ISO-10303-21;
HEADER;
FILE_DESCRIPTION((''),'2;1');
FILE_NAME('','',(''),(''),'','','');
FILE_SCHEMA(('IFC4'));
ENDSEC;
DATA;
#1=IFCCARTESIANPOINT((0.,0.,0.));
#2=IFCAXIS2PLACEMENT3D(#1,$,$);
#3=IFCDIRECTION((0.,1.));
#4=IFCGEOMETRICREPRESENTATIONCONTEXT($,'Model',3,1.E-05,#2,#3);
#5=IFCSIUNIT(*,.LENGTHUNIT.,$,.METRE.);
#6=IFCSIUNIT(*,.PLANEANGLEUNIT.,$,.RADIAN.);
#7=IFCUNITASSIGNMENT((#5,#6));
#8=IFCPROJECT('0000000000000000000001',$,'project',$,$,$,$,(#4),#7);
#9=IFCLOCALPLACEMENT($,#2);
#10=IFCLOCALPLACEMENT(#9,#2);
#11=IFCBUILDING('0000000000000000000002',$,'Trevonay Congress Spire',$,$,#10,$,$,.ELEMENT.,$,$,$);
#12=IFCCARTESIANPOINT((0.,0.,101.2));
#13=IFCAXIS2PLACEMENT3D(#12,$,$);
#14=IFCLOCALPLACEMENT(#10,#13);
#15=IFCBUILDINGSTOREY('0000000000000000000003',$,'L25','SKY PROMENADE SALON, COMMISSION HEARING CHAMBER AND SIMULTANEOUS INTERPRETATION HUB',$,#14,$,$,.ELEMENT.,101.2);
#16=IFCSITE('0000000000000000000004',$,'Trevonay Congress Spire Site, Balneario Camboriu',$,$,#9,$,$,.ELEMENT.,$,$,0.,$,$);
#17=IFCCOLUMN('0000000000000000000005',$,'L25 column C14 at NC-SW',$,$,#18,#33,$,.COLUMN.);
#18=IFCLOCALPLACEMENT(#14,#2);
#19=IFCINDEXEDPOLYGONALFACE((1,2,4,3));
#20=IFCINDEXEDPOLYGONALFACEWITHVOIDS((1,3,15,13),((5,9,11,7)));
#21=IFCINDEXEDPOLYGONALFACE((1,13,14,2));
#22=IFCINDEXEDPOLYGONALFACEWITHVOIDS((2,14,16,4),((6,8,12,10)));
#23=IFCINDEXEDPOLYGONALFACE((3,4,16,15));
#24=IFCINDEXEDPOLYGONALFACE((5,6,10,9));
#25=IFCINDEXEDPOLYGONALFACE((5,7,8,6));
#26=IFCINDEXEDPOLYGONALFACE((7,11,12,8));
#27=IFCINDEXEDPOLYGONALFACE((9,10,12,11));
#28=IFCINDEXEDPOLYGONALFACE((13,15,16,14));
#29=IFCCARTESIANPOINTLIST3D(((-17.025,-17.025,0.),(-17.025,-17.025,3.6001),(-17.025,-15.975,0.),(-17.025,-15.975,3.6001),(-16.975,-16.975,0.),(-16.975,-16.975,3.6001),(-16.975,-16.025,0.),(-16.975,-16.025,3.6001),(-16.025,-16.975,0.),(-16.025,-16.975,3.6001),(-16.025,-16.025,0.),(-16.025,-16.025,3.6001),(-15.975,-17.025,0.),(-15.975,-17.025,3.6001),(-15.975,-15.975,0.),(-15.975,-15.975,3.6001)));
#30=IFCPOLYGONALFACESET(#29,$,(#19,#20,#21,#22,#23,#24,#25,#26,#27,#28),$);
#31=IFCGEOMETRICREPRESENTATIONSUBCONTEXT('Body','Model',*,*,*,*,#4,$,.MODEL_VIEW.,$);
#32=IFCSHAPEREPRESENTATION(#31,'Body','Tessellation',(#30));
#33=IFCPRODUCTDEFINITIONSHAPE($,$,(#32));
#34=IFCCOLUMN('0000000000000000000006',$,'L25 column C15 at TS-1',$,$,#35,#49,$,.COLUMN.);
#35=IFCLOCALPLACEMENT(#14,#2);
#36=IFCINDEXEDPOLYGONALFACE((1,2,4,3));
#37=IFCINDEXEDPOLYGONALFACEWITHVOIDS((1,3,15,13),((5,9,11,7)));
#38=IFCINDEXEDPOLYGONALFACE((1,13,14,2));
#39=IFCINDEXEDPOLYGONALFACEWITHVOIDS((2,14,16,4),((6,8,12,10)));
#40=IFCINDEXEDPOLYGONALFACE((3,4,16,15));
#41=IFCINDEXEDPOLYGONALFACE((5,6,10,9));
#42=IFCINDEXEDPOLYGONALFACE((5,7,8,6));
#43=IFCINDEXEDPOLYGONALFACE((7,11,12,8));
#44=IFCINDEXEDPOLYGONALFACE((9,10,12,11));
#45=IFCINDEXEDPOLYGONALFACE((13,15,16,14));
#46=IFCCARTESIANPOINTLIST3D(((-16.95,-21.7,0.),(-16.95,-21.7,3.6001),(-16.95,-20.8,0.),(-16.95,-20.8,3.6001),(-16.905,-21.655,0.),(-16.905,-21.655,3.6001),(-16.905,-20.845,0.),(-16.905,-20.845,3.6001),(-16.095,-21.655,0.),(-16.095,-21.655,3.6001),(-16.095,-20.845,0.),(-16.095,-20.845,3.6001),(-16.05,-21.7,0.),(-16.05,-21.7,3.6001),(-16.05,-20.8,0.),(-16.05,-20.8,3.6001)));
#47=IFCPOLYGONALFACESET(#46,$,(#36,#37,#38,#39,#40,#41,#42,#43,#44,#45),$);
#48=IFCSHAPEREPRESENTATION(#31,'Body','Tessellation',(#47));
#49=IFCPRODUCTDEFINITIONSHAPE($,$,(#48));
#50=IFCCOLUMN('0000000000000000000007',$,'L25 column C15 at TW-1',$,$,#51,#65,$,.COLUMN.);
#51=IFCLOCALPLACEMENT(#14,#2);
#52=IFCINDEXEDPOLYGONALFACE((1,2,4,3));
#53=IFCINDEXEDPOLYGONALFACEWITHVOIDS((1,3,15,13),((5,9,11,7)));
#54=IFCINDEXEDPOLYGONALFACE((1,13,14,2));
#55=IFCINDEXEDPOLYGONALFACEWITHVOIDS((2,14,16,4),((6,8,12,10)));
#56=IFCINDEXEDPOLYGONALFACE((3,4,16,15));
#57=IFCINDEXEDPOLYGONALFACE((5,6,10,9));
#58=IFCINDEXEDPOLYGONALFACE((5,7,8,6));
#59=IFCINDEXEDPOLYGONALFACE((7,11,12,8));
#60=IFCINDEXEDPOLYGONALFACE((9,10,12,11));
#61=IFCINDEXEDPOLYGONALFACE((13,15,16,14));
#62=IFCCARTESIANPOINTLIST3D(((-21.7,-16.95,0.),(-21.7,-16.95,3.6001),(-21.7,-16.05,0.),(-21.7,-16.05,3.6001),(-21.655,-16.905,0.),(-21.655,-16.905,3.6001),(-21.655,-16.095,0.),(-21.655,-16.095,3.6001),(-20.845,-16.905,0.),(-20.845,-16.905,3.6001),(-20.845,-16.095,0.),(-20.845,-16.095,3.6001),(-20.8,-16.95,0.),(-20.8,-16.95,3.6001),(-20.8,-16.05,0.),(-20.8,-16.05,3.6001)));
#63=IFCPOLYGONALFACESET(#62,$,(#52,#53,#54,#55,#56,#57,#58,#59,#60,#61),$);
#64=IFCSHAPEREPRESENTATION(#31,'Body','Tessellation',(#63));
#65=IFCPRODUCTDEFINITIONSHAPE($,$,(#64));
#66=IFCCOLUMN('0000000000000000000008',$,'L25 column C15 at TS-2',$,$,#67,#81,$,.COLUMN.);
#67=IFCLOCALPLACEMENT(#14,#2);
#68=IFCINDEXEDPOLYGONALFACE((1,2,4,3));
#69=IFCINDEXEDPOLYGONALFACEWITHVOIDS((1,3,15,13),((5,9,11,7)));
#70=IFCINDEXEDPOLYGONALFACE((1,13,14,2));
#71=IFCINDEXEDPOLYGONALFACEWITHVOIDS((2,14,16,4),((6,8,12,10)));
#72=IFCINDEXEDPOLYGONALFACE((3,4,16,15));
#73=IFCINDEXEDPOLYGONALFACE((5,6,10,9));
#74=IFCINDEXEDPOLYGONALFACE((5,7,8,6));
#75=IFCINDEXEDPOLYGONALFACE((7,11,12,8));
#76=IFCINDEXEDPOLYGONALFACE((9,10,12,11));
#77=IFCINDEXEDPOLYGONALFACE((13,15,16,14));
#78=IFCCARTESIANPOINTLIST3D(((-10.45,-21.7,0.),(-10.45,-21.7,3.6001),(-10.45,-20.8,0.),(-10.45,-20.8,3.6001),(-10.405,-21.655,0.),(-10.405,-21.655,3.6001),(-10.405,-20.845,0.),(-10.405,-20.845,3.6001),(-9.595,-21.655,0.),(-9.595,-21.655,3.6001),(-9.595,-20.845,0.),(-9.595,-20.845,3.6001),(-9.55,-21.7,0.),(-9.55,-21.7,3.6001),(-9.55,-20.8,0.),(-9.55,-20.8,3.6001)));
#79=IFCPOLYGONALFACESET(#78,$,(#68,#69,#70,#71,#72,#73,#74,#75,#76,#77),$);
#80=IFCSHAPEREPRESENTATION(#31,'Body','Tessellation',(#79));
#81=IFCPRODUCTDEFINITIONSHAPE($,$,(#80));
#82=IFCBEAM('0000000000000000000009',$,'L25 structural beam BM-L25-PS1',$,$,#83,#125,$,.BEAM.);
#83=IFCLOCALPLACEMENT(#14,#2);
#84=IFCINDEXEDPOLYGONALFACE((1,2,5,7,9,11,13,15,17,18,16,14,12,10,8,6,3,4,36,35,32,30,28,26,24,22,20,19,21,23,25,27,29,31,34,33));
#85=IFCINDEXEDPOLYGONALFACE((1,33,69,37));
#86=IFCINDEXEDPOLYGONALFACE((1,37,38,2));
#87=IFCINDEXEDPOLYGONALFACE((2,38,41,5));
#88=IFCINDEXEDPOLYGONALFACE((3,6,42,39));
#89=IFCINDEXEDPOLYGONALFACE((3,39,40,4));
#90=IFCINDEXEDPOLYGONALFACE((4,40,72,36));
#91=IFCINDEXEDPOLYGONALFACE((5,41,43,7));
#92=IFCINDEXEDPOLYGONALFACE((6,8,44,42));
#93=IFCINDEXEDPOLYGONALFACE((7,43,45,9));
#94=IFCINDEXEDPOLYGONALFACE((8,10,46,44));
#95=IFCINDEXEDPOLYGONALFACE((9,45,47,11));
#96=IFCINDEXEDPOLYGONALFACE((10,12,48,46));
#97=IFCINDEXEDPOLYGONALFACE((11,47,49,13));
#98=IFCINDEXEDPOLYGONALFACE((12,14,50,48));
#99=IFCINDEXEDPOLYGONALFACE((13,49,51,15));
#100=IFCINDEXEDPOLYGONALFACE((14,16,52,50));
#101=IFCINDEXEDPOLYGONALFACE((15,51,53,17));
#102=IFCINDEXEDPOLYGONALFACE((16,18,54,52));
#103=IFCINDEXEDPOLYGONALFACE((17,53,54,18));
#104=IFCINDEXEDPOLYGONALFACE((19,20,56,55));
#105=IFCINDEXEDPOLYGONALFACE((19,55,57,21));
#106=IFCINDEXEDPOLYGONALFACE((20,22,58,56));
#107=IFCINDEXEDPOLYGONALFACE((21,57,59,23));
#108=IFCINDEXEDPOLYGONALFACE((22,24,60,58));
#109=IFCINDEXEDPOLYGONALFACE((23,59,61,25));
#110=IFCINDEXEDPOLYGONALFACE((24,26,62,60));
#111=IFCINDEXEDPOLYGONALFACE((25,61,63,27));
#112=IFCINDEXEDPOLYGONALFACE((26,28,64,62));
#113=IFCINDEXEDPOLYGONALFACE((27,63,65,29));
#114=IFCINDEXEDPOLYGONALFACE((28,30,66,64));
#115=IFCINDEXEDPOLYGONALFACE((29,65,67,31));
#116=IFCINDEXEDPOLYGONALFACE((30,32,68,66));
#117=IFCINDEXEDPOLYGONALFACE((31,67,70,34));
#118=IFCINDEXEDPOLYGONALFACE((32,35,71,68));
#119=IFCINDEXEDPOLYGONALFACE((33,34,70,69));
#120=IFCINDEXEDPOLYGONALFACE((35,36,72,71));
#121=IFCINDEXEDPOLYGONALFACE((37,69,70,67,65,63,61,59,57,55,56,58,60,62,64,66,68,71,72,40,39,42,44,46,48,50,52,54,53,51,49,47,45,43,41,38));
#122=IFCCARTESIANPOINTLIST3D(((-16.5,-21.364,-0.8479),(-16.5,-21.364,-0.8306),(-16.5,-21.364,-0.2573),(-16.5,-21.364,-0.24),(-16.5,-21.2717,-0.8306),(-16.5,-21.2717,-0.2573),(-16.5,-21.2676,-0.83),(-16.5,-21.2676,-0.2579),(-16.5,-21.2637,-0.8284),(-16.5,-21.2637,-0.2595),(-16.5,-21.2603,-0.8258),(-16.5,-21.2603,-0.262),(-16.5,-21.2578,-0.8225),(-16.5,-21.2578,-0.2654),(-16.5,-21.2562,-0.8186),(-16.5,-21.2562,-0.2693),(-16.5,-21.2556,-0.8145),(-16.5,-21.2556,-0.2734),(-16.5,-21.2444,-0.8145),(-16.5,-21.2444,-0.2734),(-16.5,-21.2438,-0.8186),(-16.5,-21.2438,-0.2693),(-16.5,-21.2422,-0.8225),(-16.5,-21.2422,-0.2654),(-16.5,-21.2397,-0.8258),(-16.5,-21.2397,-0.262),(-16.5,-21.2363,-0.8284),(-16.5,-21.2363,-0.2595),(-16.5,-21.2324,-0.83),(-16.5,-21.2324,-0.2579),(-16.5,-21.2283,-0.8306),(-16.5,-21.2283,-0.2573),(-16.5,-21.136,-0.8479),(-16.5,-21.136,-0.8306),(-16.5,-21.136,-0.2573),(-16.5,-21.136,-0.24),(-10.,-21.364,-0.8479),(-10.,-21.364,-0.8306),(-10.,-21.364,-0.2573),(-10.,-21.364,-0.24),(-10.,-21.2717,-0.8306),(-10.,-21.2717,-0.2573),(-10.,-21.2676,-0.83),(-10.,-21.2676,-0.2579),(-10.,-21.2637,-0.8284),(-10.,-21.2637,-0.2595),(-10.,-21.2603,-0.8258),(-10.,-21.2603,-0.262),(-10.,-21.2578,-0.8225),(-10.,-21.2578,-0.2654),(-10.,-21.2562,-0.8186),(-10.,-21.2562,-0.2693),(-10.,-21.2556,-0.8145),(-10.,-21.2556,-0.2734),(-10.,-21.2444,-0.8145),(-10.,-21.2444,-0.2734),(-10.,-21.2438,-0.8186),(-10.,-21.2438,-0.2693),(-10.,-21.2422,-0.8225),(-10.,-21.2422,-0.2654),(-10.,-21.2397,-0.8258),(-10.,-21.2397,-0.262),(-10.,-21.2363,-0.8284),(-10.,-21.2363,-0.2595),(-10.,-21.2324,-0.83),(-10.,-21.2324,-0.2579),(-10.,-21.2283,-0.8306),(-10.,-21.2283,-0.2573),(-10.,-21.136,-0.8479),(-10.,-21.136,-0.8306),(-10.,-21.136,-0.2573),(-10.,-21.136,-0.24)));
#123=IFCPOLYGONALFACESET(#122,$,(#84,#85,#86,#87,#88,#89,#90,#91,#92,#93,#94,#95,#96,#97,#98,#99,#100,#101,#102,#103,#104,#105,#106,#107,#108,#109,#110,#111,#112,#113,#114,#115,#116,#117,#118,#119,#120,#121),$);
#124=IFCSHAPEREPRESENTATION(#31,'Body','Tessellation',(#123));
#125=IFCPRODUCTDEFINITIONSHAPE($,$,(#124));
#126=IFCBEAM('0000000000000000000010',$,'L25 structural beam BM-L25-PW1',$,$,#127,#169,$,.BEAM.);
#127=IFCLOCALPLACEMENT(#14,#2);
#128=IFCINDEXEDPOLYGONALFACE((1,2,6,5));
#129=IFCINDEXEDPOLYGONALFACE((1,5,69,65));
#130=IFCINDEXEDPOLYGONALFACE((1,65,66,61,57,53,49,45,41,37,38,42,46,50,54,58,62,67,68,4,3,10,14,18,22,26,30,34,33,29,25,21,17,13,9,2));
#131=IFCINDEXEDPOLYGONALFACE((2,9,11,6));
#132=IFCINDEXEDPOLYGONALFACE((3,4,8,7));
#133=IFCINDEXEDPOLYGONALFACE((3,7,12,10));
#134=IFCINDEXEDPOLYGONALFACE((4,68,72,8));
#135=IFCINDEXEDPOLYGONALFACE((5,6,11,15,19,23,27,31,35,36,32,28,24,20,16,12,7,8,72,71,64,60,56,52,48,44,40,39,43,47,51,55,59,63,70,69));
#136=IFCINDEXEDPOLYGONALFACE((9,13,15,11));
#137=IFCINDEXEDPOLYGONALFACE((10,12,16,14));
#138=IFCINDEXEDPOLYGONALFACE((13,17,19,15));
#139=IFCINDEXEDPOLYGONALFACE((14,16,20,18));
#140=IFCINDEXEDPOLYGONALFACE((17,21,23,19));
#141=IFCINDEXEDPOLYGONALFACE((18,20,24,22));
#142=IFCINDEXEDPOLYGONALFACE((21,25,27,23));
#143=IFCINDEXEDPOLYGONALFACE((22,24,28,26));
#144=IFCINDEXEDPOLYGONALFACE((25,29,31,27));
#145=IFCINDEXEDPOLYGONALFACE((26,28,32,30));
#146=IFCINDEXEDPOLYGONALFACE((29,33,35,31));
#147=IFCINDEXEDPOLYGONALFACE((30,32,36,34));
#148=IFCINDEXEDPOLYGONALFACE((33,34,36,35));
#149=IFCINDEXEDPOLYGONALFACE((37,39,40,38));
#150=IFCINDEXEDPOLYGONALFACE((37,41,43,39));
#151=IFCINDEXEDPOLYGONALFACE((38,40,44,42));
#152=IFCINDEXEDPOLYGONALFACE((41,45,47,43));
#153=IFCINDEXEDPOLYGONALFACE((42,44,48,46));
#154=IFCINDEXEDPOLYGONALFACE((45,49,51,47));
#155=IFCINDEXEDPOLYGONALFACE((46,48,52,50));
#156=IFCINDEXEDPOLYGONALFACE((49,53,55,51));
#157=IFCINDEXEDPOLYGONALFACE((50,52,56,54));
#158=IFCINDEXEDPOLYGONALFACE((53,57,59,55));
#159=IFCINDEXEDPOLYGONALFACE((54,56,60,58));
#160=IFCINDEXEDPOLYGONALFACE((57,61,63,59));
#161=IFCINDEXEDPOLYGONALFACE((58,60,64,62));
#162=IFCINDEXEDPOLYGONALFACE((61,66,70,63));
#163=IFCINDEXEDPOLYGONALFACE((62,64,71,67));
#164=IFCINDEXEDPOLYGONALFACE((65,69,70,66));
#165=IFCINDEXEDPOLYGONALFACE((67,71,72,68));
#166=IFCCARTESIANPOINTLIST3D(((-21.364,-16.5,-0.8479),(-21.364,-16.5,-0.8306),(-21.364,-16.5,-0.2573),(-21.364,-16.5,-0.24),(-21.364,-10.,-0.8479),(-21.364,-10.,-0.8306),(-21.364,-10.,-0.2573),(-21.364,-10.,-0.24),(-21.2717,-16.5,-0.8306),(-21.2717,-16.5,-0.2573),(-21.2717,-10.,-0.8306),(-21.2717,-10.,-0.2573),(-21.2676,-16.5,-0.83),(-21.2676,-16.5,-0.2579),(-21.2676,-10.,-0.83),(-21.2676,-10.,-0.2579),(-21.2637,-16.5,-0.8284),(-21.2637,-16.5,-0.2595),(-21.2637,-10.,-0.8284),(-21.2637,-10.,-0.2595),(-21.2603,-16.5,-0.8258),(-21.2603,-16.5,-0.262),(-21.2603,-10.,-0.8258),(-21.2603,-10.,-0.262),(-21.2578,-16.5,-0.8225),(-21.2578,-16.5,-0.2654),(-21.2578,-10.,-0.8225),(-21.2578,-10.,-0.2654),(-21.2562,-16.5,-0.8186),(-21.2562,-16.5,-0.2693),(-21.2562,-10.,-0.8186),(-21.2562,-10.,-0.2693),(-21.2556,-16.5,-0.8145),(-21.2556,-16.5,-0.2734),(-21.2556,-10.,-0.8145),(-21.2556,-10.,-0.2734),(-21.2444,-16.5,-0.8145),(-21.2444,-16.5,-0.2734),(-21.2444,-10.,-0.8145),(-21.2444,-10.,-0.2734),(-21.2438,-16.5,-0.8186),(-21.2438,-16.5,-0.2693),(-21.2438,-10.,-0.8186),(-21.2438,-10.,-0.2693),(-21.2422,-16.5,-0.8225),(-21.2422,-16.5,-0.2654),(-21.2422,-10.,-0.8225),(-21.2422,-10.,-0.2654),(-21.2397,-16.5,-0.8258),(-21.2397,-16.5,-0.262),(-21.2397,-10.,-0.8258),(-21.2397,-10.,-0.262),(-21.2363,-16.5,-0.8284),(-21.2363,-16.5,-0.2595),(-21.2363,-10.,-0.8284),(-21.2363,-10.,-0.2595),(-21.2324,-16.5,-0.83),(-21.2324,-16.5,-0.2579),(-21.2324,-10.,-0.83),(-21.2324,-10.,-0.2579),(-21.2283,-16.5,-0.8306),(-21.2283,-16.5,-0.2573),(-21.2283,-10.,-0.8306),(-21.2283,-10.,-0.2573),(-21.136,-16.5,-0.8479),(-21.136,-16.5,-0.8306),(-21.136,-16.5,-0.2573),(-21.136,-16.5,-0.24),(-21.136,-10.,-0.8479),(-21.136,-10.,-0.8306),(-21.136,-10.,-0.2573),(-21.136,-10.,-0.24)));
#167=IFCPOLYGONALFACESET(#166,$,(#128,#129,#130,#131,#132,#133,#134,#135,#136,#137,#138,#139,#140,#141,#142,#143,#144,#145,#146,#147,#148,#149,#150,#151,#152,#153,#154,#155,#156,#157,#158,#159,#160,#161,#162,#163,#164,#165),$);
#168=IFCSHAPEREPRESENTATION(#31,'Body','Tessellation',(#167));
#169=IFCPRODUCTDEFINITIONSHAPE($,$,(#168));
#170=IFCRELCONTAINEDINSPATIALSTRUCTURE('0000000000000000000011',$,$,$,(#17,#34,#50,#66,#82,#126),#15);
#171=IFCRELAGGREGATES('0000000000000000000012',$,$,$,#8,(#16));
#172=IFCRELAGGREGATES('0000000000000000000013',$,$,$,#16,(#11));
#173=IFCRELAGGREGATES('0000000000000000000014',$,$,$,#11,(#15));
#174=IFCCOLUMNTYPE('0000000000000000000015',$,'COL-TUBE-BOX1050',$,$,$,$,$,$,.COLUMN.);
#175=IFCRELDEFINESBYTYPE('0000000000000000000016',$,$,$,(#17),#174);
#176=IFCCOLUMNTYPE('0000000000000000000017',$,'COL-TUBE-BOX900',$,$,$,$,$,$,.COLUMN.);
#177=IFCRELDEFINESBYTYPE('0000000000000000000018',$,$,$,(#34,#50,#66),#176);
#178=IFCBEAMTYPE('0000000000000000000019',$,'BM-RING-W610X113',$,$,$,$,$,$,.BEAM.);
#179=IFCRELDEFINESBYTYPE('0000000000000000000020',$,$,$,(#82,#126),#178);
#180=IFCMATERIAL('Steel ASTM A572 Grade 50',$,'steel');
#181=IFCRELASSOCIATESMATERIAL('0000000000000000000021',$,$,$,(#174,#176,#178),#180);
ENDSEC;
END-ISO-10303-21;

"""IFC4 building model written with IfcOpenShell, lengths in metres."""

from ifc_helpers import new_model, si_unit, direction, frame, origin, origin_2d, place, context, subcontext, project, spatial, hollow_rectangle, i_section, extrude, material, material_profile, profile_set, type_object, element, save


model = new_model("IFC4")

# Units and contexts
model_context = context("Model", 3, precision=1e-05, world=origin(), true_north=direction((0.0, 1.0)))
body_context = subcontext(model_context, "Body", "Model", "MODEL_VIEW")
ifc_project = project(units=[si_unit("LENGTHUNIT", "METRE"), si_unit("PLANEANGLEUNIT", "RADIAN")], contexts=[model_context])

# Site, building, storey
site_placement = place(None, origin())
site = spatial("IfcSite", under=ifc_project, at=site_placement, Name="Trevonay Congress Spire Site, Balneario Camboriu", CompositionType="ELEMENT", RefElevation=0.0)
building_placement = place(site_placement, origin())
building = spatial("IfcBuilding", under=site, at=building_placement, Name="Trevonay Congress Spire", CompositionType="ELEMENT")
storey_placement = place(building_placement, frame((0.0, 0.0, 101.2)))
storey = spatial("IfcBuildingStorey", under=building, at=storey_placement, Name="L25", Description="SKY PROMENADE SALON, COMMISSION HEARING CHAMBER AND SIMULTANEOUS INTERPRETATION HUB", CompositionType="ELEMENT", Elevation=101.2)

# Columns
ifc_material_1 = material(Name="Steel ASTM A572 Grade 50", Category="steel")
ifc_material_profile_1 = material_profile(ifc_material_1, hollow_rectangle(XDim=1.05, YDim=1.05, WallThickness=0.05, at=origin_2d()), Name="BOX 1050x1050x50")
ifc_profile_set_1 = profile_set([ifc_material_profile_1], Name="Steel ASTM A572 Grade 50")
column_type_1 = type_object("IfcColumnType", Name="COL-TUBE-BOX1050", PredefinedType="COLUMN", material=ifc_profile_set_1)
column_placement = place(storey_placement, frame((-16.5, -16.5, 0.0), z_axis=(0.0, 0.0, 1.0), x_axis=(1.0, 0.0, 0.0)))
element("IfcColumn", 1, at=column_placement, inside=storey, type_object=column_type_1, Name="L25 column C14 at NC-SW", PredefinedType="COLUMN", context=body_context, shape_type="SweptSolid", body=[
    extrude(hollow_rectangle(XDim=1.05, YDim=1.05, WallThickness=0.05, at=origin_2d()), origin(), (0.0, 0.0, 1.0), 3.6001),
])
ifc_material_profile_2 = material_profile(ifc_material_1, hollow_rectangle(XDim=0.8999, YDim=0.8999, WallThickness=0.0449, at=origin_2d()), Name="BOX 900x900x45")
ifc_profile_set_2 = profile_set([ifc_material_profile_2], Name="Steel ASTM A572 Grade 50")
column_type_2 = type_object("IfcColumnType", Name="COL-TUBE-BOX900", PredefinedType="COLUMN", material=ifc_profile_set_2)
for number, where, z_axis, x_axis, name in (
    (2, (-16.5, -21.25, 0.0), (0.0, 0.0, 1.0), (1.0, 0.0, 0.0), "L25 column C15 at TS-1"),
    (3, (-21.25, -16.5, 0.0), (0.0, 0.0, 1.0), (1.0, 0.0, 0.0), "L25 column C15 at TW-1"),
    (4, (-10.0, -21.25, 0.0), (0.0, 0.0, 1.0), (1.0, 0.0, 0.0), "L25 column C15 at TS-2"),
):
    element("IfcColumn", number, at=place(storey_placement, frame(where, z_axis=z_axis, x_axis=x_axis)), inside=storey, type_object=column_type_2, Name=name, PredefinedType="COLUMN", context=body_context, shape_type="SweptSolid", body=[
        extrude(hollow_rectangle(XDim=0.8999, YDim=0.8999, WallThickness=0.0449, at=origin_2d()), origin(), (0.0, 0.0, 1.0), 3.6001),
    ])

# Beams
ifc_material_profile_3 = material_profile(ifc_material_1, i_section(OverallWidth=0.228, OverallDepth=0.6079, WebThickness=0.0112, FlangeThickness=0.0173, FilletRadius=0.0161, at=origin_2d()), Name="W610x113")
ifc_profile_set_3 = profile_set([ifc_material_profile_3], Name="Steel ASTM A572 Grade 50")
beam_type_1 = type_object("IfcBeamType", Name="BM-RING-W610X113", PredefinedType="BEAM", material=ifc_profile_set_3)
for number, where, z_axis, x_axis, name in (
    (5, (-16.5, -21.25, -0.5439), (1.0, 0.0, 0.0), (0.0, 1.0, 0.0), "L25 structural beam BM-L25-PS1"),
    (6, (-21.25, -16.5, -0.5439), (0.0, 1.0, 0.0), (-1.0, 0.0, 0.0), "L25 structural beam BM-L25-PW1"),
):
    element("IfcBeam", number, at=place(storey_placement, frame(where, z_axis=z_axis, x_axis=x_axis)), inside=storey, type_object=beam_type_1, Name=name, PredefinedType="BEAM", context=body_context, shape_type="SweptSolid", body=[
        extrude(i_section(OverallWidth=0.228, OverallDepth=0.6079, WebThickness=0.0112, FlangeThickness=0.0173, FilletRadius=0.0161, at=origin_2d()), origin(), (0.0, 0.0, 1.0), 6.5),
    ])

save(model, "model.ifc")
